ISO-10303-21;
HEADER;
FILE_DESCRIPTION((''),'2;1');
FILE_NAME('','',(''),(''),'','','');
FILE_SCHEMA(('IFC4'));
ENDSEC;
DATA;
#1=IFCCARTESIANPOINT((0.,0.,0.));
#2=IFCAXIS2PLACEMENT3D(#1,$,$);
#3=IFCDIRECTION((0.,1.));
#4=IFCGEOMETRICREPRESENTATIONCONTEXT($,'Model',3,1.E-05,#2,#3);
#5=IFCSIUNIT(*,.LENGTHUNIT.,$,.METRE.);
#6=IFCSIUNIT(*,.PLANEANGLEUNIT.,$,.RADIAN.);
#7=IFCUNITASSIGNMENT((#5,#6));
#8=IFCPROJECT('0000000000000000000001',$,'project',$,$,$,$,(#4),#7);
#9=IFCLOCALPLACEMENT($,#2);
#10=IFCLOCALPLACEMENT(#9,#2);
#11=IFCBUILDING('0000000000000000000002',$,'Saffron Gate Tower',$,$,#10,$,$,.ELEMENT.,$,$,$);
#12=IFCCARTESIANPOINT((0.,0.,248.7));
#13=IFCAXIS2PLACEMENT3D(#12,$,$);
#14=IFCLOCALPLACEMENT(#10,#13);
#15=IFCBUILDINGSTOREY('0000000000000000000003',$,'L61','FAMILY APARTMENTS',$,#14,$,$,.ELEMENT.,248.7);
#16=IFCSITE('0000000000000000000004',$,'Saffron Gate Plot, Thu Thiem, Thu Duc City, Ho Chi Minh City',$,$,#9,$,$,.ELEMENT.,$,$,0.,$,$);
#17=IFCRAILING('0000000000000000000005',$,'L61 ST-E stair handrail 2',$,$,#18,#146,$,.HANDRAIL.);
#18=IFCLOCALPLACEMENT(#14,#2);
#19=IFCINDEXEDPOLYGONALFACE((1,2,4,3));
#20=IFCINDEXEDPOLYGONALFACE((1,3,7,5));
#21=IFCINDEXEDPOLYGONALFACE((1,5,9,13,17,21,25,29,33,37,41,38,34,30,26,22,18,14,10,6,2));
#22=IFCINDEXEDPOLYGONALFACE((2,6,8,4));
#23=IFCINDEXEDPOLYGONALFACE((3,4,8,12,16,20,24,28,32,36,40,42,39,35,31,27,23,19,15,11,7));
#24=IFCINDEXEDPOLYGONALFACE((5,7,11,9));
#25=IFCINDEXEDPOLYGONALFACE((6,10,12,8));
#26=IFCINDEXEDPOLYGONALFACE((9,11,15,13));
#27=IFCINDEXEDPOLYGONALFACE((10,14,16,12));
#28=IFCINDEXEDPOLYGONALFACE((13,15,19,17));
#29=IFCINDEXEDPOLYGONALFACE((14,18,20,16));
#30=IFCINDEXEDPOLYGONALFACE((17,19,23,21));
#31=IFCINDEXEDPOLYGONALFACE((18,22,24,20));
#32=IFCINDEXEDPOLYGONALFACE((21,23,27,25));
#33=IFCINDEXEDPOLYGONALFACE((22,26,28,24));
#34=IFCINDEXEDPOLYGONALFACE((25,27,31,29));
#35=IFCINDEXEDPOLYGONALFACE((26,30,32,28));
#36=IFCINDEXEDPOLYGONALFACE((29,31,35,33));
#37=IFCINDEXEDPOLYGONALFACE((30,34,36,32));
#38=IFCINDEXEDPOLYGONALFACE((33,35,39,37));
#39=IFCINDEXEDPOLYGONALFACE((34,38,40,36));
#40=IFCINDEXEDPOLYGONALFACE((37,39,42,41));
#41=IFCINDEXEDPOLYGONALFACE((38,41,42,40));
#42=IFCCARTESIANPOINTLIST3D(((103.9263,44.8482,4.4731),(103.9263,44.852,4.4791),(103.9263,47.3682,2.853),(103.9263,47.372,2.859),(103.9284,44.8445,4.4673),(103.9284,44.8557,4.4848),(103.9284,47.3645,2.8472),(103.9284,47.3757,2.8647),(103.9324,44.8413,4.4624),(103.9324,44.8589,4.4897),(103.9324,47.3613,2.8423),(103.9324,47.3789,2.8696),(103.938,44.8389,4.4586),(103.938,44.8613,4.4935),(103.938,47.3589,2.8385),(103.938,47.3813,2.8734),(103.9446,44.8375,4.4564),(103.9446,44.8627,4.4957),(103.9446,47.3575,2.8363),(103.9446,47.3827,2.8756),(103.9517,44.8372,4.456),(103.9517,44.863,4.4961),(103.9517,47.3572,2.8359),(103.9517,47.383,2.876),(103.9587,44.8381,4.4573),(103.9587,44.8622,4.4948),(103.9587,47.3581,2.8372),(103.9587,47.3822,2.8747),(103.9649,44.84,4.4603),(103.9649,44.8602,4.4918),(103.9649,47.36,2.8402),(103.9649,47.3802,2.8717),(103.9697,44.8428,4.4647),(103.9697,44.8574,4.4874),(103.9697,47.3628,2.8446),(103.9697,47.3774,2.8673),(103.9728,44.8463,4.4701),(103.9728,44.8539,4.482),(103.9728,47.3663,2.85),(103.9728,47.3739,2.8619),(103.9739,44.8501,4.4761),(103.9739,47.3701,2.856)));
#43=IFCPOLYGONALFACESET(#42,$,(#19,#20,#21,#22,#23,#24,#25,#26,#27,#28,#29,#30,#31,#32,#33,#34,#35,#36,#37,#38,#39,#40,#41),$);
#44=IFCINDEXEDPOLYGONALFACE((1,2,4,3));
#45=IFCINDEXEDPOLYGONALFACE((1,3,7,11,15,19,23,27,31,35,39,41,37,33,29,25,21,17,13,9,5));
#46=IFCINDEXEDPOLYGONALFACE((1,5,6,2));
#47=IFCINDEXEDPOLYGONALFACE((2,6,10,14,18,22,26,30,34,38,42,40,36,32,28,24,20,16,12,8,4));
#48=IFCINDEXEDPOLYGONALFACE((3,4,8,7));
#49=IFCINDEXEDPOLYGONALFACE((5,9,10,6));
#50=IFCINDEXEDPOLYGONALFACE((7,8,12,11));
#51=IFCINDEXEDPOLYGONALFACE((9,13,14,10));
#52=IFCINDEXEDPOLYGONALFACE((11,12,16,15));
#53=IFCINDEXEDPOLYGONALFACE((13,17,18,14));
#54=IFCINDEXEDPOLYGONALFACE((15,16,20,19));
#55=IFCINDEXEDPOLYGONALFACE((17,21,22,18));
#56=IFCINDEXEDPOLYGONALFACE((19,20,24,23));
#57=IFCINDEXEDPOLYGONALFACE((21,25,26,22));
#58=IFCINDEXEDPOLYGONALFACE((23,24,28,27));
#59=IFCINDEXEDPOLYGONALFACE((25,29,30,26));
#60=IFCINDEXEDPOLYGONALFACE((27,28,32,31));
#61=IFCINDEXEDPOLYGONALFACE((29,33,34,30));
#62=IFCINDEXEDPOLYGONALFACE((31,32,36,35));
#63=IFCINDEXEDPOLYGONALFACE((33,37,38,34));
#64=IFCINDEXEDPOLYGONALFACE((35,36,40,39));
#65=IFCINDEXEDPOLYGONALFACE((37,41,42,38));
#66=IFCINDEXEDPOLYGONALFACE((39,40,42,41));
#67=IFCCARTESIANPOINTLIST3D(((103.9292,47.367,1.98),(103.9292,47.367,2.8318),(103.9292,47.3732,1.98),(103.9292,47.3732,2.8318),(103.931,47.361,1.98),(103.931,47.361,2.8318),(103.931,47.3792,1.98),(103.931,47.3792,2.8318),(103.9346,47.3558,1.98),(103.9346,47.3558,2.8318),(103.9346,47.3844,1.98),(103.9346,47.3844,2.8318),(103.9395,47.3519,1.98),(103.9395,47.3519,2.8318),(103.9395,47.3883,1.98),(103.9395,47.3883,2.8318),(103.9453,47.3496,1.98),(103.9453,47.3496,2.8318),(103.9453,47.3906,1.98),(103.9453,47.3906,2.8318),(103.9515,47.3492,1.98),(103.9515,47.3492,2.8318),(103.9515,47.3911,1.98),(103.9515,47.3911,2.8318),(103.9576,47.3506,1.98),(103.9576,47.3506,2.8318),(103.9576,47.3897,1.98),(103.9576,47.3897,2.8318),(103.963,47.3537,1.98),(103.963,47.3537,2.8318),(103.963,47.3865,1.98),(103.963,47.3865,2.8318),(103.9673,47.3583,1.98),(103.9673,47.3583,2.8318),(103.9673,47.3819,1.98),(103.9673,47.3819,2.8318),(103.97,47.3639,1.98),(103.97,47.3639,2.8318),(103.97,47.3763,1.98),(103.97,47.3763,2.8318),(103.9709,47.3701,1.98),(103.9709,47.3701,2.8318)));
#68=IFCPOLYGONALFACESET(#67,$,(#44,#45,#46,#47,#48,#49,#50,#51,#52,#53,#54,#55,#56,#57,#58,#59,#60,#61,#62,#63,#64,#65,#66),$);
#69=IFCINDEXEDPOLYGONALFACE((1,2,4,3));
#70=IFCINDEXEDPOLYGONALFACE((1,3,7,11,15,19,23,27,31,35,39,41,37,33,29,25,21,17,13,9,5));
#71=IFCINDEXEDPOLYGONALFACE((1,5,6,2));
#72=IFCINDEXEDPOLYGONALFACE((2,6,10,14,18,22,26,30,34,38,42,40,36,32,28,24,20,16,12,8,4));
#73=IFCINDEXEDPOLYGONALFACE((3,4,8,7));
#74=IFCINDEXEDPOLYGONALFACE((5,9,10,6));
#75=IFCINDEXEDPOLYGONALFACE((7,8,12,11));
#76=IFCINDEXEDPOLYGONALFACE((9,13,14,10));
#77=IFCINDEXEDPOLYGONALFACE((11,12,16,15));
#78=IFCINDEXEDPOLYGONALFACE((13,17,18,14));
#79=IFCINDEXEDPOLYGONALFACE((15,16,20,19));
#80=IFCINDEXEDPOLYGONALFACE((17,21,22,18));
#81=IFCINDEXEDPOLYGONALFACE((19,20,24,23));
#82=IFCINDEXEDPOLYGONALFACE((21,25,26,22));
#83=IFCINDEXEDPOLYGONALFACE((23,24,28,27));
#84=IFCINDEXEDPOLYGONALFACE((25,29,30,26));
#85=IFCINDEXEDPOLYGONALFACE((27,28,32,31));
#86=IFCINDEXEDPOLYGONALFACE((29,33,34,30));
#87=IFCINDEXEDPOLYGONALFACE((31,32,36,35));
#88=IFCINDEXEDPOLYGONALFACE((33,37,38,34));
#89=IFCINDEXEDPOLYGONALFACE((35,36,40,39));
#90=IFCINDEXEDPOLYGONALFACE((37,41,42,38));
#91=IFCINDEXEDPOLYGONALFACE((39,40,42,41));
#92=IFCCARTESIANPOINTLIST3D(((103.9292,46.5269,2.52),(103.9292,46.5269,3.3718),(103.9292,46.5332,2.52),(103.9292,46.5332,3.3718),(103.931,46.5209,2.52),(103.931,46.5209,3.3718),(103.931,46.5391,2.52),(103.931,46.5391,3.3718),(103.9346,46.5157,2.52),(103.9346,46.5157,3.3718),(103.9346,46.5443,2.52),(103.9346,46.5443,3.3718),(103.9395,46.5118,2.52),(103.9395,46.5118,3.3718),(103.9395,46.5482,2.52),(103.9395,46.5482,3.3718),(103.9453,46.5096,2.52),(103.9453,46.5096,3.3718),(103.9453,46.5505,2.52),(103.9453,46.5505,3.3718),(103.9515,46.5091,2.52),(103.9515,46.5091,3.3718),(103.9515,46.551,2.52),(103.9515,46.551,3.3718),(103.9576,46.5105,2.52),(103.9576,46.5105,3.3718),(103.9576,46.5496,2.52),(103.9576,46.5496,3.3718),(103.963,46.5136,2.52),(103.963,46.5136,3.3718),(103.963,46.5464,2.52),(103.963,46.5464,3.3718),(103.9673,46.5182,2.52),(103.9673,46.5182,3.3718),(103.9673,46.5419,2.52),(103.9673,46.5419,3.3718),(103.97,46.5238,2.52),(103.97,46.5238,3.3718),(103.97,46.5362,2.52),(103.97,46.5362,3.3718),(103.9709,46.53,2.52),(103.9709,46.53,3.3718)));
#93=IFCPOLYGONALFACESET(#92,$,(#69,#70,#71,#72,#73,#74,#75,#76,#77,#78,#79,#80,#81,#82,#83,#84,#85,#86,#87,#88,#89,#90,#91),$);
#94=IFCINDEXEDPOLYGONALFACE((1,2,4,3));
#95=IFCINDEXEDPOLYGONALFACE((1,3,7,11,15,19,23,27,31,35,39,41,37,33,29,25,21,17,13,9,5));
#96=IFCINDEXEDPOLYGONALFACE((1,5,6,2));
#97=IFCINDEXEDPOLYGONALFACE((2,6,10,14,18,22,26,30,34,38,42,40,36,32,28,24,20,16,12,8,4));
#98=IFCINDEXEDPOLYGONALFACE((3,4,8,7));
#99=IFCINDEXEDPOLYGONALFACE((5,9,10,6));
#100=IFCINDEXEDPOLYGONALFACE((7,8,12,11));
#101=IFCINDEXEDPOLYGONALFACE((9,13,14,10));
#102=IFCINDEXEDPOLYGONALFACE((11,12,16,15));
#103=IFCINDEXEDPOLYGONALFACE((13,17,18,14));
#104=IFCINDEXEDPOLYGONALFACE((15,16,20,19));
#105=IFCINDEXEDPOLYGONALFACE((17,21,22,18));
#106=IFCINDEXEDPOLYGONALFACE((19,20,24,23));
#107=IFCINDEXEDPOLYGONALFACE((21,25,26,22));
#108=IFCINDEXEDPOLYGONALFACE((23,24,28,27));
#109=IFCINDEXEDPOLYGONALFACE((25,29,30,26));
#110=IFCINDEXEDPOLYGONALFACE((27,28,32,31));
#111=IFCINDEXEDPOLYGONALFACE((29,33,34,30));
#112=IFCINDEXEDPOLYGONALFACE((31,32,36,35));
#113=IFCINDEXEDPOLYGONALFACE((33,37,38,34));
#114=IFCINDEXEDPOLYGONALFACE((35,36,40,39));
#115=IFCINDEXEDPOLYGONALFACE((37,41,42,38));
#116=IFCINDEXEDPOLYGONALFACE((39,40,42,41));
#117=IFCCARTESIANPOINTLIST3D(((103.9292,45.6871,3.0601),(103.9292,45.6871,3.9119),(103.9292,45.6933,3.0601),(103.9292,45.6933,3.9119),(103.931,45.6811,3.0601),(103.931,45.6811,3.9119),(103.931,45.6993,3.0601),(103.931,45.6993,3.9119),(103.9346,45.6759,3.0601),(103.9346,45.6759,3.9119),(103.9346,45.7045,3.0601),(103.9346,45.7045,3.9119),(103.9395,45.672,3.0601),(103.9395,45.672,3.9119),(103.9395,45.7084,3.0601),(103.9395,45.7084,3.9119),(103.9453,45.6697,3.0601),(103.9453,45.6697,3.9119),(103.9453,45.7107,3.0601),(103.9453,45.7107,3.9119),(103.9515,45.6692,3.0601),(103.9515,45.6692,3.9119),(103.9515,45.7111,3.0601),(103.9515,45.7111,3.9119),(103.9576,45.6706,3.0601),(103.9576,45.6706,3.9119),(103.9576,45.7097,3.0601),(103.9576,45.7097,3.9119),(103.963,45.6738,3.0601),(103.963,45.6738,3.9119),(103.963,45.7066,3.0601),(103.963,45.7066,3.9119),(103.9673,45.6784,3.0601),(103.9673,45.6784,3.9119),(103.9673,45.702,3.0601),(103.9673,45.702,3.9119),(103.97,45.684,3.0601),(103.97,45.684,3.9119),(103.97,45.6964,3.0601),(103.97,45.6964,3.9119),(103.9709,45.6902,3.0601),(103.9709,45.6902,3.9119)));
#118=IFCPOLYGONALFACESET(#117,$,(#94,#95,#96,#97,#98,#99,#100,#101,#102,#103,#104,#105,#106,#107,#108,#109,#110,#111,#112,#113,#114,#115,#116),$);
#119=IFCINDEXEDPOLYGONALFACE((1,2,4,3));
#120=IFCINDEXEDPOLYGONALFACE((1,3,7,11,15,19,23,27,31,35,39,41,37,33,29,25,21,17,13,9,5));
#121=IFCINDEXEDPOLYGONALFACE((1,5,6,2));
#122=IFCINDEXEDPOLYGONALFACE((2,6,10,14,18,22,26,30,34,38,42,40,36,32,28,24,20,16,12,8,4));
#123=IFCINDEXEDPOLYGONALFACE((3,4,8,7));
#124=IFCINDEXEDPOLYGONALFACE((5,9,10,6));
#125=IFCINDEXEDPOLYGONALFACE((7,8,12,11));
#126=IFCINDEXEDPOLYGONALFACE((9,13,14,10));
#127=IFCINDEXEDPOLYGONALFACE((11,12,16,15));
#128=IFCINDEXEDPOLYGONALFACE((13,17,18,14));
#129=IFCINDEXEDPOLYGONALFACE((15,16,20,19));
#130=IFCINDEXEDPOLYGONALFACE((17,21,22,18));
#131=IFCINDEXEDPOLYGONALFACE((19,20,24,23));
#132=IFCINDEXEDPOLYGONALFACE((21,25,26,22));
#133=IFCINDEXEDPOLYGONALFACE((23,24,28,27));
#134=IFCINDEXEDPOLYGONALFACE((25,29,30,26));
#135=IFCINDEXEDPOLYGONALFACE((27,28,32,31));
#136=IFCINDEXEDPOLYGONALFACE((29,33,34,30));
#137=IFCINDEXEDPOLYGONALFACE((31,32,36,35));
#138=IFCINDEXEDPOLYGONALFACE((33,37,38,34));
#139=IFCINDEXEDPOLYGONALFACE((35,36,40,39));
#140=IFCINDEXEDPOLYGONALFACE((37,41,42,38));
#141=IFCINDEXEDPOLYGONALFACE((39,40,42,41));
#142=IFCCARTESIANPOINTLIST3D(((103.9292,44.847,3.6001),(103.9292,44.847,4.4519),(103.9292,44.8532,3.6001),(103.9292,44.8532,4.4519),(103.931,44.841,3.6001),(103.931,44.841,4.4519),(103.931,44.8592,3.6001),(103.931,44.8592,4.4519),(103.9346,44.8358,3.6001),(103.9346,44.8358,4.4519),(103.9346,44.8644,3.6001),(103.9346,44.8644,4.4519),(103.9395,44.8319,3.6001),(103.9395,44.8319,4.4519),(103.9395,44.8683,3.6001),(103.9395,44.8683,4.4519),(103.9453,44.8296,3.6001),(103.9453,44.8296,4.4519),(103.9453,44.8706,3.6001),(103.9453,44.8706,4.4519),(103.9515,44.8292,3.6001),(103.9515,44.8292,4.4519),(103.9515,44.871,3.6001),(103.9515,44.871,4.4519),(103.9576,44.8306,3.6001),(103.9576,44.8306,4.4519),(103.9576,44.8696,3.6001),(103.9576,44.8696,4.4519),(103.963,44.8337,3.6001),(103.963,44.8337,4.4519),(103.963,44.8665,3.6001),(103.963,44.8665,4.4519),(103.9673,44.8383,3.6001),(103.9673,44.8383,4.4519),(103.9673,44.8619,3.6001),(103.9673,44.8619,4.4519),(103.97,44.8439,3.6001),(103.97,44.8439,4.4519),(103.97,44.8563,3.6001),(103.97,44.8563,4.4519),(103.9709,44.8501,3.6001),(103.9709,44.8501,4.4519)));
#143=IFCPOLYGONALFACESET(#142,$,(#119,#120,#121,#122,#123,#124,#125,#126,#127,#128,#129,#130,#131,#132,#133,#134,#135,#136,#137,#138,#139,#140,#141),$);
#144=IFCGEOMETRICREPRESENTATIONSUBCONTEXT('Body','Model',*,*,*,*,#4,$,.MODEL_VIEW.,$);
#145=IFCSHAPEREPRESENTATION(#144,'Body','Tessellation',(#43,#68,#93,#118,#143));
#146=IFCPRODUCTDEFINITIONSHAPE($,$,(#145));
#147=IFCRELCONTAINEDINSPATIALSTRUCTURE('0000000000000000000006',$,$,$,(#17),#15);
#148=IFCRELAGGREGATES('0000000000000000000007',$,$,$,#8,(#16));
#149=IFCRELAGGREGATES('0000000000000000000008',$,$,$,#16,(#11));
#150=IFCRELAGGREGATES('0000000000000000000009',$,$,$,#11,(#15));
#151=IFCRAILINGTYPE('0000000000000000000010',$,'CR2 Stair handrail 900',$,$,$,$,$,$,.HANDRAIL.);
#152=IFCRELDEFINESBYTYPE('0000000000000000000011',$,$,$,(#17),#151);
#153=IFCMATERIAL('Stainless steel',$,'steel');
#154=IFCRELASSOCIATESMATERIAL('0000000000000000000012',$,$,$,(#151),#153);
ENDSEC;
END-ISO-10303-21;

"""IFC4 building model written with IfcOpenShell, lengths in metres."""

from ifc_helpers import new_model, si_unit, direction, frame, origin, origin_2d, place, context, subcontext, project, spatial, circle, extrude, material, type_object, element, save


model = new_model("IFC4")

# Units and contexts
model_context = context("Model", 3, precision=1e-05, world=origin(), true_north=direction((0.0, 1.0)))
body_context = subcontext(model_context, "Body", "Model", "MODEL_VIEW")
ifc_project = project(units=[si_unit("LENGTHUNIT", "METRE"), si_unit("PLANEANGLEUNIT", "RADIAN")], contexts=[model_context])

# Site, building, storey
site_placement = place(None, origin())
site = spatial("IfcSite", under=ifc_project, at=site_placement, Name="Saffron Gate Plot, Thu Thiem, Thu Duc City, Ho Chi Minh City", CompositionType="ELEMENT", RefElevation=0.0)
building_placement = place(site_placement, origin())
building = spatial("IfcBuilding", under=site, at=building_placement, Name="Saffron Gate Tower", CompositionType="ELEMENT")
storey_placement = place(building_placement, frame((0.0, 0.0, 248.7)))
storey = spatial("IfcBuildingStorey", under=building, at=storey_placement, Name="L61", Description="FAMILY APARTMENTS", CompositionType="ELEMENT", Elevation=248.7)

# Railing
ifc_material_1 = material(Name="Stainless steel", Category="steel")
railing_type_1 = type_object("IfcRailingType", Name="CR2 Stair handrail 900", PredefinedType="HANDRAIL", material=ifc_material_1)
railing_1_placement = place(storey_placement, frame((103.95, 47.3701, 1.98)))
element("IfcRailing", 1, at=railing_1_placement, inside=storey, type_object=railing_type_1, Name="L61 ST-E stair handrail 2", PredefinedType="HANDRAIL", context=body_context, shape_type="SweptSolid", body=[
    extrude(circle(Radius=0.0239, at=origin_2d()), frame((0.0, 0.0, 0.876), z_axis=(0.0, -0.841163, 0.540782), x_axis=(1.0, 0.0, 0.0)), (0.0, 0.0, 1.0), 2.9958),
    extrude(circle(Radius=0.021, at=origin_2d()), origin(), (0.0, 0.0, 1.0), 0.8518),
    extrude(circle(Radius=0.021, at=origin_2d()), frame((0.0, -0.8401, 0.54)), (0.0, 0.0, 1.0), 0.8518),
    extrude(circle(Radius=0.021, at=origin_2d()), frame((0.0, -1.6799, 1.0801)), (0.0, 0.0, 1.0), 0.8518),
    extrude(circle(Radius=0.021, at=origin_2d()), frame((0.0, -2.52, 1.6201)), (0.0, 0.0, 1.0), 0.8518),
])

save(model, "model.ifc")
